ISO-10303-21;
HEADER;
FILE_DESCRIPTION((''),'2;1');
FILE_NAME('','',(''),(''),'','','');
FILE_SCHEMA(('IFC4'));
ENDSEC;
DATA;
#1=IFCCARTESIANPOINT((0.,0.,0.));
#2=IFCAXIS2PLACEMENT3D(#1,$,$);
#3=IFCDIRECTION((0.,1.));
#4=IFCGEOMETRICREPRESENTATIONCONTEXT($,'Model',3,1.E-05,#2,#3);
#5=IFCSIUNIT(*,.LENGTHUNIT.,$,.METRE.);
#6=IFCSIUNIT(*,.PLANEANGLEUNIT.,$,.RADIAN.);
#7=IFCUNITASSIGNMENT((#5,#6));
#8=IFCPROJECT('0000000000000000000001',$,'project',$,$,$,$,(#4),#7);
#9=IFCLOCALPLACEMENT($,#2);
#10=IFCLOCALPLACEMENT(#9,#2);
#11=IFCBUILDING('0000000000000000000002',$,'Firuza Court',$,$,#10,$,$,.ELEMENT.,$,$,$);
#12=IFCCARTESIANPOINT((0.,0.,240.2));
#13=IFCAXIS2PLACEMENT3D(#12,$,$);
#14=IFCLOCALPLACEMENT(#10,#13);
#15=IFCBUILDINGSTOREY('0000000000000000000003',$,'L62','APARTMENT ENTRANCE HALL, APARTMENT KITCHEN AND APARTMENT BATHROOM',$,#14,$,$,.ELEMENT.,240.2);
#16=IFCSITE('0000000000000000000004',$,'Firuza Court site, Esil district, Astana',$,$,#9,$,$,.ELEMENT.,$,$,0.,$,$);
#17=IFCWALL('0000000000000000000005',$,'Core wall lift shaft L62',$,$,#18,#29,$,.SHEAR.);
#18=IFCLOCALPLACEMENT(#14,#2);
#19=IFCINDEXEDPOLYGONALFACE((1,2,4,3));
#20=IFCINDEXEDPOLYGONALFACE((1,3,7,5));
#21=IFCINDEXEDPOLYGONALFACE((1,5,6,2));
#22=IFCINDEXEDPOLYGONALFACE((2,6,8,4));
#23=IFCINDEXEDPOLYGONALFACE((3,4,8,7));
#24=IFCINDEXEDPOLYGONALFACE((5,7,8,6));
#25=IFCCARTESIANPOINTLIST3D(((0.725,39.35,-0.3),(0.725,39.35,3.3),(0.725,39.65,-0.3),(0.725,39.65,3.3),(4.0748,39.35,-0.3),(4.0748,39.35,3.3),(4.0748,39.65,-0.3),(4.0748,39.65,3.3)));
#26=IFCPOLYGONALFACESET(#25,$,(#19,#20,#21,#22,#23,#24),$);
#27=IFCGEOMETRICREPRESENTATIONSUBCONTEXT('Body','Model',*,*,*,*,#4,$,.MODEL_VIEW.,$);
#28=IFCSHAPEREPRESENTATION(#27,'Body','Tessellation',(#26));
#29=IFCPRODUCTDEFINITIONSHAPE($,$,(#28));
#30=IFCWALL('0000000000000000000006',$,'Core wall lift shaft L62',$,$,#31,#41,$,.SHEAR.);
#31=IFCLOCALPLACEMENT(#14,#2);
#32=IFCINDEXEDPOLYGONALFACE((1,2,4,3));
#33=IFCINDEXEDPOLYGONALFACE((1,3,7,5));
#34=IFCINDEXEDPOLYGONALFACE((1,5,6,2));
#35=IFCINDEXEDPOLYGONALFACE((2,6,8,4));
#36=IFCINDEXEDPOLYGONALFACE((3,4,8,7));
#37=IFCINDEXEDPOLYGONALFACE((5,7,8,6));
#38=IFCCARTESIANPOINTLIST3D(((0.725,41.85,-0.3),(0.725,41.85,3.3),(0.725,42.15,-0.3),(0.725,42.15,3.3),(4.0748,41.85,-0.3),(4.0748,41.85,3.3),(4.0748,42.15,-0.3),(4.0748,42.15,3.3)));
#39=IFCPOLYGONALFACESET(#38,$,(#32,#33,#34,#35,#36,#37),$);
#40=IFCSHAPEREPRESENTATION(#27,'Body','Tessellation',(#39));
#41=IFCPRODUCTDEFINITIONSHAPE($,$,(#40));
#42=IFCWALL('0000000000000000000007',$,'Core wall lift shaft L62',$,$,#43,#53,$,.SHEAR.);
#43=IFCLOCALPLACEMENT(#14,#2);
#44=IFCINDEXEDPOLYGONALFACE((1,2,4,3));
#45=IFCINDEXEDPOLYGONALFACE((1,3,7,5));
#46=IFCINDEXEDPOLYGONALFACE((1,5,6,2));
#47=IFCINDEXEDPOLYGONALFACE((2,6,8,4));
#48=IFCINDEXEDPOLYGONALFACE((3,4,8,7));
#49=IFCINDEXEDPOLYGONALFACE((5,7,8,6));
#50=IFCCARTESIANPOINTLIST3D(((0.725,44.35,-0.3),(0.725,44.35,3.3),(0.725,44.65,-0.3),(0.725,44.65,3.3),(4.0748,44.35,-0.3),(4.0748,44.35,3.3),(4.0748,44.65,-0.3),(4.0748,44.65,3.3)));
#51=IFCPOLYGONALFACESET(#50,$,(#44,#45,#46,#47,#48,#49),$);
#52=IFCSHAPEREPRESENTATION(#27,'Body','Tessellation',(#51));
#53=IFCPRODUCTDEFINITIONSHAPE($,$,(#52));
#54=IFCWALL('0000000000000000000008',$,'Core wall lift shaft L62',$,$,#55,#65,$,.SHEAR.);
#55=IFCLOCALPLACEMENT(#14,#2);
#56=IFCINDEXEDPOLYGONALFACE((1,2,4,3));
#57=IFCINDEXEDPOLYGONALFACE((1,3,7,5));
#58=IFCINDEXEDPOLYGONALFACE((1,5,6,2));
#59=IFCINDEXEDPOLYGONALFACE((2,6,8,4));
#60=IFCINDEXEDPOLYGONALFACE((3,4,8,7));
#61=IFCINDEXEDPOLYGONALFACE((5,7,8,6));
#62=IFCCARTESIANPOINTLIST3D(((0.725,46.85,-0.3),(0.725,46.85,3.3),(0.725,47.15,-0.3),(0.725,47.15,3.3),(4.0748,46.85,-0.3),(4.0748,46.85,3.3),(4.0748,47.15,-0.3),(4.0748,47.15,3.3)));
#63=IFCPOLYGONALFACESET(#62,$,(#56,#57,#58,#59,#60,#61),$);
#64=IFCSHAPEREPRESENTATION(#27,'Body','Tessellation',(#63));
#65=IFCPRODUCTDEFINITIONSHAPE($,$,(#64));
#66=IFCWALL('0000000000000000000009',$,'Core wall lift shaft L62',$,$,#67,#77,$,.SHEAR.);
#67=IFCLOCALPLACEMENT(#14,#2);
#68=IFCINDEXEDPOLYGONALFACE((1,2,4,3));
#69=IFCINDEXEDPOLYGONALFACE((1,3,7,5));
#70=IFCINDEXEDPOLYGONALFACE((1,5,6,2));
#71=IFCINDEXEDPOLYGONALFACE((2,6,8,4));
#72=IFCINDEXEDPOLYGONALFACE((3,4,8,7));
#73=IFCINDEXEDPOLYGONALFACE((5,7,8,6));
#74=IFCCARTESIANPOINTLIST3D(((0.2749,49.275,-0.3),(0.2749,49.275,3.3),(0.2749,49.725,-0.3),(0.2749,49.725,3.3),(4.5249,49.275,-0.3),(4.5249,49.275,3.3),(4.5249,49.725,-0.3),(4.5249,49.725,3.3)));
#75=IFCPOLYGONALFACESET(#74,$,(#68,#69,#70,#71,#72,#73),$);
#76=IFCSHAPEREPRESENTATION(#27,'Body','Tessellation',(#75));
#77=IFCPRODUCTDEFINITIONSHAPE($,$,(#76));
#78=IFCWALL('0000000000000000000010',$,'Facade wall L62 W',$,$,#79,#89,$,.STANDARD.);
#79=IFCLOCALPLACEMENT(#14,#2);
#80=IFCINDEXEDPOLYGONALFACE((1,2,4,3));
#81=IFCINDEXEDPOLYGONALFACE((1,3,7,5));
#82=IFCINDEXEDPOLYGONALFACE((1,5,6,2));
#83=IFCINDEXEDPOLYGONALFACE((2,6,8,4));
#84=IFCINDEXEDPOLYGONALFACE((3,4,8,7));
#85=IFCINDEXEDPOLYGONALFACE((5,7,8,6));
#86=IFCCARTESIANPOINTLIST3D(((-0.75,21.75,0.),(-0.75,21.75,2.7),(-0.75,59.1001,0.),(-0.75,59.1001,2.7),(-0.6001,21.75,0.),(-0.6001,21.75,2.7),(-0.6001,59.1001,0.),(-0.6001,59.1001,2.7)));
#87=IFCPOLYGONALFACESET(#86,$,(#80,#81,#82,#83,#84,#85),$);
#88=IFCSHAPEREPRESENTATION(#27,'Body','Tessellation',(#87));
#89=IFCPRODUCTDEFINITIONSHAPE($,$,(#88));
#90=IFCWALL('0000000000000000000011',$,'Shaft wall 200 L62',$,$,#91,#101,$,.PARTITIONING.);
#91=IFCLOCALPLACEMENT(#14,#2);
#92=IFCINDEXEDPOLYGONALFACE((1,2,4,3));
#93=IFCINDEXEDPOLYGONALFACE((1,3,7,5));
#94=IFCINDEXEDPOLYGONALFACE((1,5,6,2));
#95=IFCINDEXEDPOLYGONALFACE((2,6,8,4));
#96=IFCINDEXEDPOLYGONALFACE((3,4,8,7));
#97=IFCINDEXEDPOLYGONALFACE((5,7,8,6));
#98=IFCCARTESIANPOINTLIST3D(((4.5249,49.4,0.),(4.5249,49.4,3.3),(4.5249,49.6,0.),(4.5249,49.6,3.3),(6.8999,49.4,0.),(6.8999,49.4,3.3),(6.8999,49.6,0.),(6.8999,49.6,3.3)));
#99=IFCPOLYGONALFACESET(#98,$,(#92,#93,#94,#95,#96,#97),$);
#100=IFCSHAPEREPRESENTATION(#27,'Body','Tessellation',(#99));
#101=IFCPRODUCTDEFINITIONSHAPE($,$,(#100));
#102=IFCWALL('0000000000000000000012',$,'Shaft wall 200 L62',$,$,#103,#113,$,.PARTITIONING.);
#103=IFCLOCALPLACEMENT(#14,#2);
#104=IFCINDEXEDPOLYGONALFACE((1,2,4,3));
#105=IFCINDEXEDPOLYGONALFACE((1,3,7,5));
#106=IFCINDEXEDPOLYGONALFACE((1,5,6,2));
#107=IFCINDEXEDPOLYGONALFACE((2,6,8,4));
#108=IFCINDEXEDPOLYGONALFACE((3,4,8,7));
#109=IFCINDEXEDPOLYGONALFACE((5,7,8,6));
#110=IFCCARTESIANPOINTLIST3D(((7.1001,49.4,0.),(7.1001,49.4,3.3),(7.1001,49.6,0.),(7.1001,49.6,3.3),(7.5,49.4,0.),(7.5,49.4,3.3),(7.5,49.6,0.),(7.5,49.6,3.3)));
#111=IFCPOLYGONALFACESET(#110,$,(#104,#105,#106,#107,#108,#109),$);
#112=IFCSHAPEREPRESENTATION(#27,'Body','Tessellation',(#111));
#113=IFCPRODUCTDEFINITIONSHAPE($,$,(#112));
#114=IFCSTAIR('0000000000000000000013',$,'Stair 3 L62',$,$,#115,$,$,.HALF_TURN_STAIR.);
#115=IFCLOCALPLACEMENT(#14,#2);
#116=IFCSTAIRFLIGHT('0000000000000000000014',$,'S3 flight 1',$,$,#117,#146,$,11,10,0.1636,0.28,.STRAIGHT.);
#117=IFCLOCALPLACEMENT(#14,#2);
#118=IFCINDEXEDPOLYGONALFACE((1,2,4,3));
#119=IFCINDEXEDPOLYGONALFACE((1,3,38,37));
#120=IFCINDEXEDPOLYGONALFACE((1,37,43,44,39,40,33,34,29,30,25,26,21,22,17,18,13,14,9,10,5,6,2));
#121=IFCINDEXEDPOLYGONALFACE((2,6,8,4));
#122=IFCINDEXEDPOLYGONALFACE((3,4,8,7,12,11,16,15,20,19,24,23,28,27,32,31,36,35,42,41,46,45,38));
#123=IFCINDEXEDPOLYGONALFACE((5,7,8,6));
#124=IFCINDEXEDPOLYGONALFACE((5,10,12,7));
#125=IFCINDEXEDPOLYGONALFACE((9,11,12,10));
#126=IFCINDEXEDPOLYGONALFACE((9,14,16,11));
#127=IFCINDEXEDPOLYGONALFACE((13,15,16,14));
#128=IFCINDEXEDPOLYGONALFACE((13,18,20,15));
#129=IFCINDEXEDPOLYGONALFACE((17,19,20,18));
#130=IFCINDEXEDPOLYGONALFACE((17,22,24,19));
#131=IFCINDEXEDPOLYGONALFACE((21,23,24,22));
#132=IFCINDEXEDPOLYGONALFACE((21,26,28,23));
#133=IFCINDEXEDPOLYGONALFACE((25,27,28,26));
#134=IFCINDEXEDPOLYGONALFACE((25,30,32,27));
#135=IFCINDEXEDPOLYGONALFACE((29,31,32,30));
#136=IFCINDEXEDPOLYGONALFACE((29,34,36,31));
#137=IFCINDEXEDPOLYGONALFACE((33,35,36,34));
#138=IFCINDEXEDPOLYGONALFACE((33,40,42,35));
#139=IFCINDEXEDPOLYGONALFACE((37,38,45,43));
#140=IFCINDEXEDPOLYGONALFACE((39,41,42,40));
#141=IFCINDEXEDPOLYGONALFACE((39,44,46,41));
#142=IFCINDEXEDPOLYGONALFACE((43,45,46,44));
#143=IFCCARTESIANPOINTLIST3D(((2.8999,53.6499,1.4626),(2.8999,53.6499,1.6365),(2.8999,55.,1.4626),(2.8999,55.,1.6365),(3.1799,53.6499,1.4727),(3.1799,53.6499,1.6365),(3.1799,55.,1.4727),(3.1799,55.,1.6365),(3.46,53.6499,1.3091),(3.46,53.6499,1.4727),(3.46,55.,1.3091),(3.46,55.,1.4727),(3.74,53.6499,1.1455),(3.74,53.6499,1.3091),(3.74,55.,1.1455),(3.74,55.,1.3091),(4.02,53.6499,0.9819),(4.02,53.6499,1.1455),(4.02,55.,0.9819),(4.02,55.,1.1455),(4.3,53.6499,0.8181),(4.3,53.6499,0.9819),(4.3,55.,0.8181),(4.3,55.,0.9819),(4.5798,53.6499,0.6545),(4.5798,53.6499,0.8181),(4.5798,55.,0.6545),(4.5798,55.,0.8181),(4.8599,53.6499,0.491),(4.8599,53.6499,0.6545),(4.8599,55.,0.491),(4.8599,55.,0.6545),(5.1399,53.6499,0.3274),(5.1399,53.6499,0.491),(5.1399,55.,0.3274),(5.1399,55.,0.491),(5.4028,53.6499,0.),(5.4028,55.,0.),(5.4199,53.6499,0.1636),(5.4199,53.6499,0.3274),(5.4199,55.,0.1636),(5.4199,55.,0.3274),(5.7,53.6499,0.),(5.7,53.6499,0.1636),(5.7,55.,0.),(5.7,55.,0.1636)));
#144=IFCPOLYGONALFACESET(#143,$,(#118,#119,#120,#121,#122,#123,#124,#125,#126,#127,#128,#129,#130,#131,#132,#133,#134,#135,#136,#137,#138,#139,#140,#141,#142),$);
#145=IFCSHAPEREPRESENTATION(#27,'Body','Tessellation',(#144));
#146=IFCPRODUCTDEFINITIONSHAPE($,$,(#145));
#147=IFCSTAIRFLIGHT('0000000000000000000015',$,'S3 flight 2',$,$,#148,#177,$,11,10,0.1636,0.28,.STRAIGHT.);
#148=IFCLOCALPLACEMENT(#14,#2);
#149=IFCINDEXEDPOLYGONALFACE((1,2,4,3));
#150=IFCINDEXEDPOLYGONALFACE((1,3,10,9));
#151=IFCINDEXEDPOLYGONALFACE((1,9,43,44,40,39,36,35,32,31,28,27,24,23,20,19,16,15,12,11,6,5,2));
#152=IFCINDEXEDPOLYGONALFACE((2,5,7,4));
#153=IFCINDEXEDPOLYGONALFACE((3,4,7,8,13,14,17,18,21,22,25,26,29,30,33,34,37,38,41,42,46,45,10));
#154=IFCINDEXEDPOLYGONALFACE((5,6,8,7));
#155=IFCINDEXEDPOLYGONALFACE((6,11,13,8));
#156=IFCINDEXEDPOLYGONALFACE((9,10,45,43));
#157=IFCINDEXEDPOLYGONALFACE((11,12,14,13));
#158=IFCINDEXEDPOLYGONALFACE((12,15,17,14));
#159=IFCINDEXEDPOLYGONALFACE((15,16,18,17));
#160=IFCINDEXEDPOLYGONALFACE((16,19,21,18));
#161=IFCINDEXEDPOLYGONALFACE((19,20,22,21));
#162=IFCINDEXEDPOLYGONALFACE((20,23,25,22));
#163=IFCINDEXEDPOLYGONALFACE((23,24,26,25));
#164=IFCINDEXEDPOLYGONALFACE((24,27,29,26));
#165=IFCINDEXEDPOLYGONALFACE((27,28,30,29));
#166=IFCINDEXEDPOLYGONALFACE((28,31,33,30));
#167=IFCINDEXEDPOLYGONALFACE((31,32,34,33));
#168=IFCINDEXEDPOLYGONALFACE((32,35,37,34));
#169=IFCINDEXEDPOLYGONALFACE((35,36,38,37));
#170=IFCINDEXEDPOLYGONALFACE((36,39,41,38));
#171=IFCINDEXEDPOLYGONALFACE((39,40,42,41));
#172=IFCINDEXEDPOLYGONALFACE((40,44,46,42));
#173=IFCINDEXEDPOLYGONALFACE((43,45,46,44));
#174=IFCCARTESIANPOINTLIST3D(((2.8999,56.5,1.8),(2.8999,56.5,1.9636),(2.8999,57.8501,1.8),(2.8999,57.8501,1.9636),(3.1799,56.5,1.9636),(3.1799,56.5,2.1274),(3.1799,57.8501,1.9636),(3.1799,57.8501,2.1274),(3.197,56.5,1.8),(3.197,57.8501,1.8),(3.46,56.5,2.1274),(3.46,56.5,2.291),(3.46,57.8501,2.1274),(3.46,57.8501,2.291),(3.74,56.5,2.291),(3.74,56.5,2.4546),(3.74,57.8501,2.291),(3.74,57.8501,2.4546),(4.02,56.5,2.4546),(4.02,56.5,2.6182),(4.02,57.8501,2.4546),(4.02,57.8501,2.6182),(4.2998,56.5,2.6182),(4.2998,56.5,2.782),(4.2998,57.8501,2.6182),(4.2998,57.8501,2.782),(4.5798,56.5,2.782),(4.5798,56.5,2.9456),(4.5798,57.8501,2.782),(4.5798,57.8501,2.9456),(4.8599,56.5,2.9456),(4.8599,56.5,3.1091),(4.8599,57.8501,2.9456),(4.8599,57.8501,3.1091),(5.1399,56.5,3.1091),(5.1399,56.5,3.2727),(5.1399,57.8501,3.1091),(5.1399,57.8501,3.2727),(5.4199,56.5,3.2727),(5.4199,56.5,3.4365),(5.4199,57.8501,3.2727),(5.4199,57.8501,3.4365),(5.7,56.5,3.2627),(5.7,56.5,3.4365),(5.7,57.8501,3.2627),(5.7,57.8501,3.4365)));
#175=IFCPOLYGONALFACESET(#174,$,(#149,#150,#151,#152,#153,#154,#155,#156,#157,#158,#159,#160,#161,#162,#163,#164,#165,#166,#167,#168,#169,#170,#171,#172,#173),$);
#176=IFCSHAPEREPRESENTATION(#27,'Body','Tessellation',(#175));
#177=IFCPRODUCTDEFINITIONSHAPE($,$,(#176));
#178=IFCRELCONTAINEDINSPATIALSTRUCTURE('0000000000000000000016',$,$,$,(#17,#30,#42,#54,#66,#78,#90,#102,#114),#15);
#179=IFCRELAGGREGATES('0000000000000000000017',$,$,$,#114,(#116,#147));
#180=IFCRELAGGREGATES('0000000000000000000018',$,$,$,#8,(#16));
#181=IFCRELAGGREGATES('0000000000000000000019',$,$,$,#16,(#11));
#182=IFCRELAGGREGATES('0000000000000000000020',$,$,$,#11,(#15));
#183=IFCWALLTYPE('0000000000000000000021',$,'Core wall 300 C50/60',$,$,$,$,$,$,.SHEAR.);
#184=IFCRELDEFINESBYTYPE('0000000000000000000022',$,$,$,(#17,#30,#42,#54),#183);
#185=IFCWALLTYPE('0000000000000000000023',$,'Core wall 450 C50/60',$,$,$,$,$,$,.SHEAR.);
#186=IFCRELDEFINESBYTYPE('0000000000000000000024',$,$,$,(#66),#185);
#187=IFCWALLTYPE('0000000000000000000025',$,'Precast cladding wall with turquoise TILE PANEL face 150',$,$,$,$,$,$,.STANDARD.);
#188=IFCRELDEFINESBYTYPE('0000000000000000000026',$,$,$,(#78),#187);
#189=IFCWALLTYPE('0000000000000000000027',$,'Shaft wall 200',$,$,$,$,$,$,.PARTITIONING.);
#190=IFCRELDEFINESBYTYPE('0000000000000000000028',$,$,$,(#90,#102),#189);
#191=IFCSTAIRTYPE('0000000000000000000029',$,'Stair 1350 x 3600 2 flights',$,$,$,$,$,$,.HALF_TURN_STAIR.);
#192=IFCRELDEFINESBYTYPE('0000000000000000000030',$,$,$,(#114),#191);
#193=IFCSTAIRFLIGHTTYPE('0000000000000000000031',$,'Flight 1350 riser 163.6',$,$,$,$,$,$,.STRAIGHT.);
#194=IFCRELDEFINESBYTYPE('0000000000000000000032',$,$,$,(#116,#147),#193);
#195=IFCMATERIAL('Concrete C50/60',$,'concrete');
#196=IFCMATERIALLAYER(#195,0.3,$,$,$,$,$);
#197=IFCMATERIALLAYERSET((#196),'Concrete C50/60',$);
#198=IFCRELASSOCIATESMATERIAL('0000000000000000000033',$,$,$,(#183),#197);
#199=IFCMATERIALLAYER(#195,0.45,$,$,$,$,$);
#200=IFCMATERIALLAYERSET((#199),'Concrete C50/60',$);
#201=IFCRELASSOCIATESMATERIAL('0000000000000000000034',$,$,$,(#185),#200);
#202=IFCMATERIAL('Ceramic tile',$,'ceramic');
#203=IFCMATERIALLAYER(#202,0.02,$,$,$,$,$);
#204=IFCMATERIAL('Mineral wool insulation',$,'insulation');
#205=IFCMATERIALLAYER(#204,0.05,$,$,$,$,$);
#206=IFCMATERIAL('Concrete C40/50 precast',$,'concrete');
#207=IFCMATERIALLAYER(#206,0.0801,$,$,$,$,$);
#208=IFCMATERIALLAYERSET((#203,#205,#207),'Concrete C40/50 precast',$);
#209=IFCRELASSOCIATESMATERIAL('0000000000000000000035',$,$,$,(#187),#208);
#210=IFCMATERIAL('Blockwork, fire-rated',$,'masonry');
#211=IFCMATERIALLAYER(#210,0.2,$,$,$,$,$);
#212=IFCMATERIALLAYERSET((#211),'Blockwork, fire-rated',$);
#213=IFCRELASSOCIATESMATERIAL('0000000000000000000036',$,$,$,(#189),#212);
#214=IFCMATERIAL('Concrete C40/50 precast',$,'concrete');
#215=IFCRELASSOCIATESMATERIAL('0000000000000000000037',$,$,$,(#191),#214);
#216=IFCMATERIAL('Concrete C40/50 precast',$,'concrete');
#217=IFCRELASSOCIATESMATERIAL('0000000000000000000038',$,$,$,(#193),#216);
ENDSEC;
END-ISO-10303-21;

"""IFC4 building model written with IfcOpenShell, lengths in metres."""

from ifc_helpers import new_model, si_unit, direction, frame, frame_2d, origin, place, context, subcontext, project, spatial, polyline, rectangle, outline, extrude, material, layer, layer_set, type_object, element, aggregate, save


model = new_model("IFC4")

# Units and contexts
model_context = context("Model", 3, precision=1e-05, world=origin(), true_north=direction((0.0, 1.0)))
body_context = subcontext(model_context, "Body", "Model", "MODEL_VIEW")
ifc_project = project(units=[si_unit("LENGTHUNIT", "METRE"), si_unit("PLANEANGLEUNIT", "RADIAN")], contexts=[model_context])

# Site, building, storey
site_placement = place(None, origin())
site = spatial("IfcSite", under=ifc_project, at=site_placement, Name="Firuza Court site, Esil district, Astana", CompositionType="ELEMENT", RefElevation=0.0)
building_placement = place(site_placement, origin())
building = spatial("IfcBuilding", under=site, at=building_placement, Name="Firuza Court", CompositionType="ELEMENT")
storey_placement = place(building_placement, frame((0.0, 0.0, 240.2)))
storey = spatial("IfcBuildingStorey", under=building, at=storey_placement, Name="L62", Description="APARTMENT ENTRANCE HALL, APARTMENT KITCHEN AND APARTMENT BATHROOM", CompositionType="ELEMENT", Elevation=240.2)

# Shared definitions
ifc_material_1 = material(Name="Concrete C50/60", Category="concrete")
ifc_layer_1 = layer(ifc_material_1, 0.3)
ifc_layer_set_1 = layer_set([ifc_layer_1], Name="Concrete C50/60")
wall_type_1 = type_object("IfcWallType", Name="Core wall 300 C50/60", PredefinedType="SHEAR", material=ifc_layer_set_1)

# Walls
for number, where, z_axis, x_axis, name in (
    (1, (0.7251, 39.5, -0.3), (0.0, 0.0, 1.0), (1.0, 0.0, 0.0), "Core wall lift shaft L62"),
    (2, (0.7251, 42.0, -0.3), (0.0, 0.0, 1.0), (1.0, 0.0, 0.0), "Core wall lift shaft L62"),
    (3, (0.7251, 44.5, -0.3), (0.0, 0.0, 1.0), (1.0, 0.0, 0.0), "Core wall lift shaft L62"),
    (4, (0.7251, 47.0, -0.3), (0.0, 0.0, 1.0), (1.0, 0.0, 0.0), "Core wall lift shaft L62"),
):
    element("IfcWall", number, at=place(storey_placement, frame(where, z_axis=z_axis, x_axis=x_axis)), inside=storey, type_object=wall_type_1, Name=name, PredefinedType="SHEAR", context=body_context, shape_type="SweptSolid", body=[
        extrude(rectangle(XDim=3.3499, YDim=0.3, at=frame_2d((1.6748, 0.0))), origin(), (0.0, 0.0, 1.0), 3.6001),
    ])
ifc_layer_2 = layer(ifc_material_1, 0.45)
ifc_layer_set_2 = layer_set([ifc_layer_2], Name="Concrete C50/60")
wall_type_2 = type_object("IfcWallType", Name="Core wall 450 C50/60", PredefinedType="SHEAR", material=ifc_layer_set_2)
wall_1_placement = place(storey_placement, frame((0.2749, 49.5, -0.3), z_axis=(0.0, 0.0, 1.0), x_axis=(1.0, 0.0, 0.0)))
element("IfcWall", 5, at=wall_1_placement, inside=storey, type_object=wall_type_2, Name="Core wall lift shaft L62", PredefinedType="SHEAR", context=body_context, shape_type="SweptSolid", body=[
    extrude(rectangle(XDim=4.25, YDim=0.45, at=frame_2d((2.125, 0.0))), origin(), (0.0, 0.0, 1.0), 3.6001),
])
ifc_material_2 = material(Name="Ceramic tile", Category="ceramic")
ifc_layer_3 = layer(ifc_material_2, 0.02)
ifc_material_3 = material(Name="Mineral wool insulation", Category="insulation")
ifc_layer_4 = layer(ifc_material_3, 0.05)
ifc_material_4 = material(Name="Concrete C40/50 precast", Category="concrete")
ifc_layer_5 = layer(ifc_material_4, 0.0801)
ifc_layer_set_3 = layer_set([ifc_layer_3, ifc_layer_4, ifc_layer_5], Name="Concrete C40/50 precast")
wall_type_3 = type_object("IfcWallType", Name="Precast cladding wall with turquoise TILE PANEL face 150", PredefinedType="STANDARD", material=ifc_layer_set_3)
wall_2_placement = place(storey_placement, frame((-0.675, 59.1001, 0.0), z_axis=(0.0, 0.0, 1.0), x_axis=(0.0, -1.0, 0.0)))
element("IfcWall", 6, at=wall_2_placement, inside=storey, type_object=wall_type_3, Name="Facade wall L62 W", PredefinedType="STANDARD", context=body_context, shape_type="SweptSolid", body=[
    extrude(rectangle(XDim=37.3501, YDim=0.1499, at=frame_2d((18.675, 0.0))), origin(), (0.0, 0.0, 1.0), 2.7),
])
ifc_material_5 = material(Name="Blockwork, fire-rated", Category="masonry")
ifc_layer_6 = layer(ifc_material_5, 0.2)
ifc_layer_set_4 = layer_set([ifc_layer_6], Name="Blockwork, fire-rated")
wall_type_4 = type_object("IfcWallType", Name="Shaft wall 200", PredefinedType="PARTITIONING", material=ifc_layer_set_4)
wall_3_placement = place(storey_placement, frame((4.5249, 49.5, 0.0), z_axis=(0.0, 0.0, 1.0), x_axis=(1.0, 0.0, 0.0)))
element("IfcWall", 7, at=wall_3_placement, inside=storey, type_object=wall_type_4, Name="Shaft wall 200 L62", PredefinedType="PARTITIONING", context=body_context, shape_type="SweptSolid", body=[
    extrude(rectangle(XDim=2.375, YDim=0.2, at=frame_2d((1.1875, 0.0))), origin(), (0.0, 0.0, 1.0), 3.3),
])
wall_4_placement = place(storey_placement, frame((7.1001, 49.5, 0.0), z_axis=(0.0, 0.0, 1.0), x_axis=(1.0, 0.0, 0.0)))
element("IfcWall", 8, at=wall_4_placement, inside=storey, type_object=wall_type_4, Name="Shaft wall 200 L62", PredefinedType="PARTITIONING", context=body_context, shape_type="SweptSolid", body=[
    extrude(rectangle(XDim=0.3999, YDim=0.2, at=frame_2d((0.2, 0.0))), origin(), (0.0, 0.0, 1.0), 3.3),
])

# Stair, stair flights
ifc_material_6 = material(Name="Concrete C40/50 precast", Category="concrete")
stair_type = type_object("IfcStairType", Name="Stair 1350 x 3600 2 flights", PredefinedType="HALF_TURN_STAIR", material=ifc_material_6)
stair_placement = place(storey_placement, origin())
stair = element("IfcStair", 9, at=stair_placement, inside=storey, type_object=stair_type, Name="Stair 3 L62", PredefinedType="HALF_TURN_STAIR")
ifc_material_7 = material(Name="Concrete C40/50 precast", Category="concrete")
stair_flight_type = type_object("IfcStairFlightType", Name="Flight 1350 riser 163.6", PredefinedType="STRAIGHT", material=ifc_material_7)
stair_flight_1_placement = place(storey_placement, frame((5.7, 54.325, 0.0), z_axis=(0.0, 0.0, 1.0), x_axis=(-1.0, 0.0, 0.0)))
stair_flight_1 = element("IfcStairFlight", 10, at=stair_flight_1_placement, type_object=stair_flight_type, Name="S3 flight 1", NumberOfRisers=11, NumberOfTreads=10, PredefinedType="STRAIGHT", RiserHeight=0.1636, TreadLength=0.28, context=body_context, shape_type="SweptSolid", body=[
    extrude(outline(polyline([(0.0, 0.0), (0.0, 0.1636), (0.28, 0.1636), (0.28, 0.3274), (0.5601, 0.3274), (0.5601, 0.491), (0.8401, 0.491), (0.8401, 0.6545), (1.1201, 0.6545), (1.1201, 0.8181), (1.3999, 0.8181), (1.3999, 0.9819), (1.6799, 0.9819), (1.6799, 1.1455), (1.96, 1.1455), (1.96, 1.3091), (2.24, 1.3091), (2.24, 1.4727), (2.52, 1.4727), (2.52, 1.6365), (2.8, 1.6365), (2.8, 1.8), (2.8, 1.4626), (0.2971, 0.0), (0.0, 0.0)])), frame((0.0, 0.675, 0.0), z_axis=(0.0, -1.0, 0.0), x_axis=(1.0, 0.0, 0.0)), (0.0, 0.0, 1.0), 1.3501),
])
stair_flight_2_placement = place(storey_placement, frame((2.8999, 57.175, 1.8), z_axis=(0.0, 0.0, 1.0), x_axis=(1.0, 0.0, 0.0)))
stair_flight_2 = element("IfcStairFlight", 11, at=stair_flight_2_placement, type_object=stair_flight_type, Name="S3 flight 2", NumberOfRisers=11, NumberOfTreads=10, PredefinedType="STRAIGHT", RiserHeight=0.1636, TreadLength=0.28, context=body_context, shape_type="SweptSolid", body=[
    extrude(outline(polyline([(0.0, 0.0), (0.0, 0.1636), (0.28, 0.1636), (0.28, 0.3274), (0.5601, 0.3274), (0.5601, 0.491), (0.8401, 0.491), (0.8401, 0.6545), (1.1201, 0.6545), (1.1201, 0.8181), (1.3999, 0.8181), (1.3999, 0.9819), (1.6799, 0.9819), (1.6799, 1.1455), (1.96, 1.1455), (1.96, 1.3091), (2.24, 1.3091), (2.24, 1.4727), (2.52, 1.4727), (2.52, 1.6365), (2.8, 1.6365), (2.8, 1.8), (2.8, 1.4626), (0.2971, 0.0), (0.0, 0.0)])), frame((0.0, 0.675, 0.0), z_axis=(0.0, -1.0, 0.0), x_axis=(1.0, 0.0, 0.0)), (0.0, 0.0, 1.0), 1.3501),
])
aggregate(stair, [stair_flight_1, stair_flight_2])

save(model, "model.ifc")
